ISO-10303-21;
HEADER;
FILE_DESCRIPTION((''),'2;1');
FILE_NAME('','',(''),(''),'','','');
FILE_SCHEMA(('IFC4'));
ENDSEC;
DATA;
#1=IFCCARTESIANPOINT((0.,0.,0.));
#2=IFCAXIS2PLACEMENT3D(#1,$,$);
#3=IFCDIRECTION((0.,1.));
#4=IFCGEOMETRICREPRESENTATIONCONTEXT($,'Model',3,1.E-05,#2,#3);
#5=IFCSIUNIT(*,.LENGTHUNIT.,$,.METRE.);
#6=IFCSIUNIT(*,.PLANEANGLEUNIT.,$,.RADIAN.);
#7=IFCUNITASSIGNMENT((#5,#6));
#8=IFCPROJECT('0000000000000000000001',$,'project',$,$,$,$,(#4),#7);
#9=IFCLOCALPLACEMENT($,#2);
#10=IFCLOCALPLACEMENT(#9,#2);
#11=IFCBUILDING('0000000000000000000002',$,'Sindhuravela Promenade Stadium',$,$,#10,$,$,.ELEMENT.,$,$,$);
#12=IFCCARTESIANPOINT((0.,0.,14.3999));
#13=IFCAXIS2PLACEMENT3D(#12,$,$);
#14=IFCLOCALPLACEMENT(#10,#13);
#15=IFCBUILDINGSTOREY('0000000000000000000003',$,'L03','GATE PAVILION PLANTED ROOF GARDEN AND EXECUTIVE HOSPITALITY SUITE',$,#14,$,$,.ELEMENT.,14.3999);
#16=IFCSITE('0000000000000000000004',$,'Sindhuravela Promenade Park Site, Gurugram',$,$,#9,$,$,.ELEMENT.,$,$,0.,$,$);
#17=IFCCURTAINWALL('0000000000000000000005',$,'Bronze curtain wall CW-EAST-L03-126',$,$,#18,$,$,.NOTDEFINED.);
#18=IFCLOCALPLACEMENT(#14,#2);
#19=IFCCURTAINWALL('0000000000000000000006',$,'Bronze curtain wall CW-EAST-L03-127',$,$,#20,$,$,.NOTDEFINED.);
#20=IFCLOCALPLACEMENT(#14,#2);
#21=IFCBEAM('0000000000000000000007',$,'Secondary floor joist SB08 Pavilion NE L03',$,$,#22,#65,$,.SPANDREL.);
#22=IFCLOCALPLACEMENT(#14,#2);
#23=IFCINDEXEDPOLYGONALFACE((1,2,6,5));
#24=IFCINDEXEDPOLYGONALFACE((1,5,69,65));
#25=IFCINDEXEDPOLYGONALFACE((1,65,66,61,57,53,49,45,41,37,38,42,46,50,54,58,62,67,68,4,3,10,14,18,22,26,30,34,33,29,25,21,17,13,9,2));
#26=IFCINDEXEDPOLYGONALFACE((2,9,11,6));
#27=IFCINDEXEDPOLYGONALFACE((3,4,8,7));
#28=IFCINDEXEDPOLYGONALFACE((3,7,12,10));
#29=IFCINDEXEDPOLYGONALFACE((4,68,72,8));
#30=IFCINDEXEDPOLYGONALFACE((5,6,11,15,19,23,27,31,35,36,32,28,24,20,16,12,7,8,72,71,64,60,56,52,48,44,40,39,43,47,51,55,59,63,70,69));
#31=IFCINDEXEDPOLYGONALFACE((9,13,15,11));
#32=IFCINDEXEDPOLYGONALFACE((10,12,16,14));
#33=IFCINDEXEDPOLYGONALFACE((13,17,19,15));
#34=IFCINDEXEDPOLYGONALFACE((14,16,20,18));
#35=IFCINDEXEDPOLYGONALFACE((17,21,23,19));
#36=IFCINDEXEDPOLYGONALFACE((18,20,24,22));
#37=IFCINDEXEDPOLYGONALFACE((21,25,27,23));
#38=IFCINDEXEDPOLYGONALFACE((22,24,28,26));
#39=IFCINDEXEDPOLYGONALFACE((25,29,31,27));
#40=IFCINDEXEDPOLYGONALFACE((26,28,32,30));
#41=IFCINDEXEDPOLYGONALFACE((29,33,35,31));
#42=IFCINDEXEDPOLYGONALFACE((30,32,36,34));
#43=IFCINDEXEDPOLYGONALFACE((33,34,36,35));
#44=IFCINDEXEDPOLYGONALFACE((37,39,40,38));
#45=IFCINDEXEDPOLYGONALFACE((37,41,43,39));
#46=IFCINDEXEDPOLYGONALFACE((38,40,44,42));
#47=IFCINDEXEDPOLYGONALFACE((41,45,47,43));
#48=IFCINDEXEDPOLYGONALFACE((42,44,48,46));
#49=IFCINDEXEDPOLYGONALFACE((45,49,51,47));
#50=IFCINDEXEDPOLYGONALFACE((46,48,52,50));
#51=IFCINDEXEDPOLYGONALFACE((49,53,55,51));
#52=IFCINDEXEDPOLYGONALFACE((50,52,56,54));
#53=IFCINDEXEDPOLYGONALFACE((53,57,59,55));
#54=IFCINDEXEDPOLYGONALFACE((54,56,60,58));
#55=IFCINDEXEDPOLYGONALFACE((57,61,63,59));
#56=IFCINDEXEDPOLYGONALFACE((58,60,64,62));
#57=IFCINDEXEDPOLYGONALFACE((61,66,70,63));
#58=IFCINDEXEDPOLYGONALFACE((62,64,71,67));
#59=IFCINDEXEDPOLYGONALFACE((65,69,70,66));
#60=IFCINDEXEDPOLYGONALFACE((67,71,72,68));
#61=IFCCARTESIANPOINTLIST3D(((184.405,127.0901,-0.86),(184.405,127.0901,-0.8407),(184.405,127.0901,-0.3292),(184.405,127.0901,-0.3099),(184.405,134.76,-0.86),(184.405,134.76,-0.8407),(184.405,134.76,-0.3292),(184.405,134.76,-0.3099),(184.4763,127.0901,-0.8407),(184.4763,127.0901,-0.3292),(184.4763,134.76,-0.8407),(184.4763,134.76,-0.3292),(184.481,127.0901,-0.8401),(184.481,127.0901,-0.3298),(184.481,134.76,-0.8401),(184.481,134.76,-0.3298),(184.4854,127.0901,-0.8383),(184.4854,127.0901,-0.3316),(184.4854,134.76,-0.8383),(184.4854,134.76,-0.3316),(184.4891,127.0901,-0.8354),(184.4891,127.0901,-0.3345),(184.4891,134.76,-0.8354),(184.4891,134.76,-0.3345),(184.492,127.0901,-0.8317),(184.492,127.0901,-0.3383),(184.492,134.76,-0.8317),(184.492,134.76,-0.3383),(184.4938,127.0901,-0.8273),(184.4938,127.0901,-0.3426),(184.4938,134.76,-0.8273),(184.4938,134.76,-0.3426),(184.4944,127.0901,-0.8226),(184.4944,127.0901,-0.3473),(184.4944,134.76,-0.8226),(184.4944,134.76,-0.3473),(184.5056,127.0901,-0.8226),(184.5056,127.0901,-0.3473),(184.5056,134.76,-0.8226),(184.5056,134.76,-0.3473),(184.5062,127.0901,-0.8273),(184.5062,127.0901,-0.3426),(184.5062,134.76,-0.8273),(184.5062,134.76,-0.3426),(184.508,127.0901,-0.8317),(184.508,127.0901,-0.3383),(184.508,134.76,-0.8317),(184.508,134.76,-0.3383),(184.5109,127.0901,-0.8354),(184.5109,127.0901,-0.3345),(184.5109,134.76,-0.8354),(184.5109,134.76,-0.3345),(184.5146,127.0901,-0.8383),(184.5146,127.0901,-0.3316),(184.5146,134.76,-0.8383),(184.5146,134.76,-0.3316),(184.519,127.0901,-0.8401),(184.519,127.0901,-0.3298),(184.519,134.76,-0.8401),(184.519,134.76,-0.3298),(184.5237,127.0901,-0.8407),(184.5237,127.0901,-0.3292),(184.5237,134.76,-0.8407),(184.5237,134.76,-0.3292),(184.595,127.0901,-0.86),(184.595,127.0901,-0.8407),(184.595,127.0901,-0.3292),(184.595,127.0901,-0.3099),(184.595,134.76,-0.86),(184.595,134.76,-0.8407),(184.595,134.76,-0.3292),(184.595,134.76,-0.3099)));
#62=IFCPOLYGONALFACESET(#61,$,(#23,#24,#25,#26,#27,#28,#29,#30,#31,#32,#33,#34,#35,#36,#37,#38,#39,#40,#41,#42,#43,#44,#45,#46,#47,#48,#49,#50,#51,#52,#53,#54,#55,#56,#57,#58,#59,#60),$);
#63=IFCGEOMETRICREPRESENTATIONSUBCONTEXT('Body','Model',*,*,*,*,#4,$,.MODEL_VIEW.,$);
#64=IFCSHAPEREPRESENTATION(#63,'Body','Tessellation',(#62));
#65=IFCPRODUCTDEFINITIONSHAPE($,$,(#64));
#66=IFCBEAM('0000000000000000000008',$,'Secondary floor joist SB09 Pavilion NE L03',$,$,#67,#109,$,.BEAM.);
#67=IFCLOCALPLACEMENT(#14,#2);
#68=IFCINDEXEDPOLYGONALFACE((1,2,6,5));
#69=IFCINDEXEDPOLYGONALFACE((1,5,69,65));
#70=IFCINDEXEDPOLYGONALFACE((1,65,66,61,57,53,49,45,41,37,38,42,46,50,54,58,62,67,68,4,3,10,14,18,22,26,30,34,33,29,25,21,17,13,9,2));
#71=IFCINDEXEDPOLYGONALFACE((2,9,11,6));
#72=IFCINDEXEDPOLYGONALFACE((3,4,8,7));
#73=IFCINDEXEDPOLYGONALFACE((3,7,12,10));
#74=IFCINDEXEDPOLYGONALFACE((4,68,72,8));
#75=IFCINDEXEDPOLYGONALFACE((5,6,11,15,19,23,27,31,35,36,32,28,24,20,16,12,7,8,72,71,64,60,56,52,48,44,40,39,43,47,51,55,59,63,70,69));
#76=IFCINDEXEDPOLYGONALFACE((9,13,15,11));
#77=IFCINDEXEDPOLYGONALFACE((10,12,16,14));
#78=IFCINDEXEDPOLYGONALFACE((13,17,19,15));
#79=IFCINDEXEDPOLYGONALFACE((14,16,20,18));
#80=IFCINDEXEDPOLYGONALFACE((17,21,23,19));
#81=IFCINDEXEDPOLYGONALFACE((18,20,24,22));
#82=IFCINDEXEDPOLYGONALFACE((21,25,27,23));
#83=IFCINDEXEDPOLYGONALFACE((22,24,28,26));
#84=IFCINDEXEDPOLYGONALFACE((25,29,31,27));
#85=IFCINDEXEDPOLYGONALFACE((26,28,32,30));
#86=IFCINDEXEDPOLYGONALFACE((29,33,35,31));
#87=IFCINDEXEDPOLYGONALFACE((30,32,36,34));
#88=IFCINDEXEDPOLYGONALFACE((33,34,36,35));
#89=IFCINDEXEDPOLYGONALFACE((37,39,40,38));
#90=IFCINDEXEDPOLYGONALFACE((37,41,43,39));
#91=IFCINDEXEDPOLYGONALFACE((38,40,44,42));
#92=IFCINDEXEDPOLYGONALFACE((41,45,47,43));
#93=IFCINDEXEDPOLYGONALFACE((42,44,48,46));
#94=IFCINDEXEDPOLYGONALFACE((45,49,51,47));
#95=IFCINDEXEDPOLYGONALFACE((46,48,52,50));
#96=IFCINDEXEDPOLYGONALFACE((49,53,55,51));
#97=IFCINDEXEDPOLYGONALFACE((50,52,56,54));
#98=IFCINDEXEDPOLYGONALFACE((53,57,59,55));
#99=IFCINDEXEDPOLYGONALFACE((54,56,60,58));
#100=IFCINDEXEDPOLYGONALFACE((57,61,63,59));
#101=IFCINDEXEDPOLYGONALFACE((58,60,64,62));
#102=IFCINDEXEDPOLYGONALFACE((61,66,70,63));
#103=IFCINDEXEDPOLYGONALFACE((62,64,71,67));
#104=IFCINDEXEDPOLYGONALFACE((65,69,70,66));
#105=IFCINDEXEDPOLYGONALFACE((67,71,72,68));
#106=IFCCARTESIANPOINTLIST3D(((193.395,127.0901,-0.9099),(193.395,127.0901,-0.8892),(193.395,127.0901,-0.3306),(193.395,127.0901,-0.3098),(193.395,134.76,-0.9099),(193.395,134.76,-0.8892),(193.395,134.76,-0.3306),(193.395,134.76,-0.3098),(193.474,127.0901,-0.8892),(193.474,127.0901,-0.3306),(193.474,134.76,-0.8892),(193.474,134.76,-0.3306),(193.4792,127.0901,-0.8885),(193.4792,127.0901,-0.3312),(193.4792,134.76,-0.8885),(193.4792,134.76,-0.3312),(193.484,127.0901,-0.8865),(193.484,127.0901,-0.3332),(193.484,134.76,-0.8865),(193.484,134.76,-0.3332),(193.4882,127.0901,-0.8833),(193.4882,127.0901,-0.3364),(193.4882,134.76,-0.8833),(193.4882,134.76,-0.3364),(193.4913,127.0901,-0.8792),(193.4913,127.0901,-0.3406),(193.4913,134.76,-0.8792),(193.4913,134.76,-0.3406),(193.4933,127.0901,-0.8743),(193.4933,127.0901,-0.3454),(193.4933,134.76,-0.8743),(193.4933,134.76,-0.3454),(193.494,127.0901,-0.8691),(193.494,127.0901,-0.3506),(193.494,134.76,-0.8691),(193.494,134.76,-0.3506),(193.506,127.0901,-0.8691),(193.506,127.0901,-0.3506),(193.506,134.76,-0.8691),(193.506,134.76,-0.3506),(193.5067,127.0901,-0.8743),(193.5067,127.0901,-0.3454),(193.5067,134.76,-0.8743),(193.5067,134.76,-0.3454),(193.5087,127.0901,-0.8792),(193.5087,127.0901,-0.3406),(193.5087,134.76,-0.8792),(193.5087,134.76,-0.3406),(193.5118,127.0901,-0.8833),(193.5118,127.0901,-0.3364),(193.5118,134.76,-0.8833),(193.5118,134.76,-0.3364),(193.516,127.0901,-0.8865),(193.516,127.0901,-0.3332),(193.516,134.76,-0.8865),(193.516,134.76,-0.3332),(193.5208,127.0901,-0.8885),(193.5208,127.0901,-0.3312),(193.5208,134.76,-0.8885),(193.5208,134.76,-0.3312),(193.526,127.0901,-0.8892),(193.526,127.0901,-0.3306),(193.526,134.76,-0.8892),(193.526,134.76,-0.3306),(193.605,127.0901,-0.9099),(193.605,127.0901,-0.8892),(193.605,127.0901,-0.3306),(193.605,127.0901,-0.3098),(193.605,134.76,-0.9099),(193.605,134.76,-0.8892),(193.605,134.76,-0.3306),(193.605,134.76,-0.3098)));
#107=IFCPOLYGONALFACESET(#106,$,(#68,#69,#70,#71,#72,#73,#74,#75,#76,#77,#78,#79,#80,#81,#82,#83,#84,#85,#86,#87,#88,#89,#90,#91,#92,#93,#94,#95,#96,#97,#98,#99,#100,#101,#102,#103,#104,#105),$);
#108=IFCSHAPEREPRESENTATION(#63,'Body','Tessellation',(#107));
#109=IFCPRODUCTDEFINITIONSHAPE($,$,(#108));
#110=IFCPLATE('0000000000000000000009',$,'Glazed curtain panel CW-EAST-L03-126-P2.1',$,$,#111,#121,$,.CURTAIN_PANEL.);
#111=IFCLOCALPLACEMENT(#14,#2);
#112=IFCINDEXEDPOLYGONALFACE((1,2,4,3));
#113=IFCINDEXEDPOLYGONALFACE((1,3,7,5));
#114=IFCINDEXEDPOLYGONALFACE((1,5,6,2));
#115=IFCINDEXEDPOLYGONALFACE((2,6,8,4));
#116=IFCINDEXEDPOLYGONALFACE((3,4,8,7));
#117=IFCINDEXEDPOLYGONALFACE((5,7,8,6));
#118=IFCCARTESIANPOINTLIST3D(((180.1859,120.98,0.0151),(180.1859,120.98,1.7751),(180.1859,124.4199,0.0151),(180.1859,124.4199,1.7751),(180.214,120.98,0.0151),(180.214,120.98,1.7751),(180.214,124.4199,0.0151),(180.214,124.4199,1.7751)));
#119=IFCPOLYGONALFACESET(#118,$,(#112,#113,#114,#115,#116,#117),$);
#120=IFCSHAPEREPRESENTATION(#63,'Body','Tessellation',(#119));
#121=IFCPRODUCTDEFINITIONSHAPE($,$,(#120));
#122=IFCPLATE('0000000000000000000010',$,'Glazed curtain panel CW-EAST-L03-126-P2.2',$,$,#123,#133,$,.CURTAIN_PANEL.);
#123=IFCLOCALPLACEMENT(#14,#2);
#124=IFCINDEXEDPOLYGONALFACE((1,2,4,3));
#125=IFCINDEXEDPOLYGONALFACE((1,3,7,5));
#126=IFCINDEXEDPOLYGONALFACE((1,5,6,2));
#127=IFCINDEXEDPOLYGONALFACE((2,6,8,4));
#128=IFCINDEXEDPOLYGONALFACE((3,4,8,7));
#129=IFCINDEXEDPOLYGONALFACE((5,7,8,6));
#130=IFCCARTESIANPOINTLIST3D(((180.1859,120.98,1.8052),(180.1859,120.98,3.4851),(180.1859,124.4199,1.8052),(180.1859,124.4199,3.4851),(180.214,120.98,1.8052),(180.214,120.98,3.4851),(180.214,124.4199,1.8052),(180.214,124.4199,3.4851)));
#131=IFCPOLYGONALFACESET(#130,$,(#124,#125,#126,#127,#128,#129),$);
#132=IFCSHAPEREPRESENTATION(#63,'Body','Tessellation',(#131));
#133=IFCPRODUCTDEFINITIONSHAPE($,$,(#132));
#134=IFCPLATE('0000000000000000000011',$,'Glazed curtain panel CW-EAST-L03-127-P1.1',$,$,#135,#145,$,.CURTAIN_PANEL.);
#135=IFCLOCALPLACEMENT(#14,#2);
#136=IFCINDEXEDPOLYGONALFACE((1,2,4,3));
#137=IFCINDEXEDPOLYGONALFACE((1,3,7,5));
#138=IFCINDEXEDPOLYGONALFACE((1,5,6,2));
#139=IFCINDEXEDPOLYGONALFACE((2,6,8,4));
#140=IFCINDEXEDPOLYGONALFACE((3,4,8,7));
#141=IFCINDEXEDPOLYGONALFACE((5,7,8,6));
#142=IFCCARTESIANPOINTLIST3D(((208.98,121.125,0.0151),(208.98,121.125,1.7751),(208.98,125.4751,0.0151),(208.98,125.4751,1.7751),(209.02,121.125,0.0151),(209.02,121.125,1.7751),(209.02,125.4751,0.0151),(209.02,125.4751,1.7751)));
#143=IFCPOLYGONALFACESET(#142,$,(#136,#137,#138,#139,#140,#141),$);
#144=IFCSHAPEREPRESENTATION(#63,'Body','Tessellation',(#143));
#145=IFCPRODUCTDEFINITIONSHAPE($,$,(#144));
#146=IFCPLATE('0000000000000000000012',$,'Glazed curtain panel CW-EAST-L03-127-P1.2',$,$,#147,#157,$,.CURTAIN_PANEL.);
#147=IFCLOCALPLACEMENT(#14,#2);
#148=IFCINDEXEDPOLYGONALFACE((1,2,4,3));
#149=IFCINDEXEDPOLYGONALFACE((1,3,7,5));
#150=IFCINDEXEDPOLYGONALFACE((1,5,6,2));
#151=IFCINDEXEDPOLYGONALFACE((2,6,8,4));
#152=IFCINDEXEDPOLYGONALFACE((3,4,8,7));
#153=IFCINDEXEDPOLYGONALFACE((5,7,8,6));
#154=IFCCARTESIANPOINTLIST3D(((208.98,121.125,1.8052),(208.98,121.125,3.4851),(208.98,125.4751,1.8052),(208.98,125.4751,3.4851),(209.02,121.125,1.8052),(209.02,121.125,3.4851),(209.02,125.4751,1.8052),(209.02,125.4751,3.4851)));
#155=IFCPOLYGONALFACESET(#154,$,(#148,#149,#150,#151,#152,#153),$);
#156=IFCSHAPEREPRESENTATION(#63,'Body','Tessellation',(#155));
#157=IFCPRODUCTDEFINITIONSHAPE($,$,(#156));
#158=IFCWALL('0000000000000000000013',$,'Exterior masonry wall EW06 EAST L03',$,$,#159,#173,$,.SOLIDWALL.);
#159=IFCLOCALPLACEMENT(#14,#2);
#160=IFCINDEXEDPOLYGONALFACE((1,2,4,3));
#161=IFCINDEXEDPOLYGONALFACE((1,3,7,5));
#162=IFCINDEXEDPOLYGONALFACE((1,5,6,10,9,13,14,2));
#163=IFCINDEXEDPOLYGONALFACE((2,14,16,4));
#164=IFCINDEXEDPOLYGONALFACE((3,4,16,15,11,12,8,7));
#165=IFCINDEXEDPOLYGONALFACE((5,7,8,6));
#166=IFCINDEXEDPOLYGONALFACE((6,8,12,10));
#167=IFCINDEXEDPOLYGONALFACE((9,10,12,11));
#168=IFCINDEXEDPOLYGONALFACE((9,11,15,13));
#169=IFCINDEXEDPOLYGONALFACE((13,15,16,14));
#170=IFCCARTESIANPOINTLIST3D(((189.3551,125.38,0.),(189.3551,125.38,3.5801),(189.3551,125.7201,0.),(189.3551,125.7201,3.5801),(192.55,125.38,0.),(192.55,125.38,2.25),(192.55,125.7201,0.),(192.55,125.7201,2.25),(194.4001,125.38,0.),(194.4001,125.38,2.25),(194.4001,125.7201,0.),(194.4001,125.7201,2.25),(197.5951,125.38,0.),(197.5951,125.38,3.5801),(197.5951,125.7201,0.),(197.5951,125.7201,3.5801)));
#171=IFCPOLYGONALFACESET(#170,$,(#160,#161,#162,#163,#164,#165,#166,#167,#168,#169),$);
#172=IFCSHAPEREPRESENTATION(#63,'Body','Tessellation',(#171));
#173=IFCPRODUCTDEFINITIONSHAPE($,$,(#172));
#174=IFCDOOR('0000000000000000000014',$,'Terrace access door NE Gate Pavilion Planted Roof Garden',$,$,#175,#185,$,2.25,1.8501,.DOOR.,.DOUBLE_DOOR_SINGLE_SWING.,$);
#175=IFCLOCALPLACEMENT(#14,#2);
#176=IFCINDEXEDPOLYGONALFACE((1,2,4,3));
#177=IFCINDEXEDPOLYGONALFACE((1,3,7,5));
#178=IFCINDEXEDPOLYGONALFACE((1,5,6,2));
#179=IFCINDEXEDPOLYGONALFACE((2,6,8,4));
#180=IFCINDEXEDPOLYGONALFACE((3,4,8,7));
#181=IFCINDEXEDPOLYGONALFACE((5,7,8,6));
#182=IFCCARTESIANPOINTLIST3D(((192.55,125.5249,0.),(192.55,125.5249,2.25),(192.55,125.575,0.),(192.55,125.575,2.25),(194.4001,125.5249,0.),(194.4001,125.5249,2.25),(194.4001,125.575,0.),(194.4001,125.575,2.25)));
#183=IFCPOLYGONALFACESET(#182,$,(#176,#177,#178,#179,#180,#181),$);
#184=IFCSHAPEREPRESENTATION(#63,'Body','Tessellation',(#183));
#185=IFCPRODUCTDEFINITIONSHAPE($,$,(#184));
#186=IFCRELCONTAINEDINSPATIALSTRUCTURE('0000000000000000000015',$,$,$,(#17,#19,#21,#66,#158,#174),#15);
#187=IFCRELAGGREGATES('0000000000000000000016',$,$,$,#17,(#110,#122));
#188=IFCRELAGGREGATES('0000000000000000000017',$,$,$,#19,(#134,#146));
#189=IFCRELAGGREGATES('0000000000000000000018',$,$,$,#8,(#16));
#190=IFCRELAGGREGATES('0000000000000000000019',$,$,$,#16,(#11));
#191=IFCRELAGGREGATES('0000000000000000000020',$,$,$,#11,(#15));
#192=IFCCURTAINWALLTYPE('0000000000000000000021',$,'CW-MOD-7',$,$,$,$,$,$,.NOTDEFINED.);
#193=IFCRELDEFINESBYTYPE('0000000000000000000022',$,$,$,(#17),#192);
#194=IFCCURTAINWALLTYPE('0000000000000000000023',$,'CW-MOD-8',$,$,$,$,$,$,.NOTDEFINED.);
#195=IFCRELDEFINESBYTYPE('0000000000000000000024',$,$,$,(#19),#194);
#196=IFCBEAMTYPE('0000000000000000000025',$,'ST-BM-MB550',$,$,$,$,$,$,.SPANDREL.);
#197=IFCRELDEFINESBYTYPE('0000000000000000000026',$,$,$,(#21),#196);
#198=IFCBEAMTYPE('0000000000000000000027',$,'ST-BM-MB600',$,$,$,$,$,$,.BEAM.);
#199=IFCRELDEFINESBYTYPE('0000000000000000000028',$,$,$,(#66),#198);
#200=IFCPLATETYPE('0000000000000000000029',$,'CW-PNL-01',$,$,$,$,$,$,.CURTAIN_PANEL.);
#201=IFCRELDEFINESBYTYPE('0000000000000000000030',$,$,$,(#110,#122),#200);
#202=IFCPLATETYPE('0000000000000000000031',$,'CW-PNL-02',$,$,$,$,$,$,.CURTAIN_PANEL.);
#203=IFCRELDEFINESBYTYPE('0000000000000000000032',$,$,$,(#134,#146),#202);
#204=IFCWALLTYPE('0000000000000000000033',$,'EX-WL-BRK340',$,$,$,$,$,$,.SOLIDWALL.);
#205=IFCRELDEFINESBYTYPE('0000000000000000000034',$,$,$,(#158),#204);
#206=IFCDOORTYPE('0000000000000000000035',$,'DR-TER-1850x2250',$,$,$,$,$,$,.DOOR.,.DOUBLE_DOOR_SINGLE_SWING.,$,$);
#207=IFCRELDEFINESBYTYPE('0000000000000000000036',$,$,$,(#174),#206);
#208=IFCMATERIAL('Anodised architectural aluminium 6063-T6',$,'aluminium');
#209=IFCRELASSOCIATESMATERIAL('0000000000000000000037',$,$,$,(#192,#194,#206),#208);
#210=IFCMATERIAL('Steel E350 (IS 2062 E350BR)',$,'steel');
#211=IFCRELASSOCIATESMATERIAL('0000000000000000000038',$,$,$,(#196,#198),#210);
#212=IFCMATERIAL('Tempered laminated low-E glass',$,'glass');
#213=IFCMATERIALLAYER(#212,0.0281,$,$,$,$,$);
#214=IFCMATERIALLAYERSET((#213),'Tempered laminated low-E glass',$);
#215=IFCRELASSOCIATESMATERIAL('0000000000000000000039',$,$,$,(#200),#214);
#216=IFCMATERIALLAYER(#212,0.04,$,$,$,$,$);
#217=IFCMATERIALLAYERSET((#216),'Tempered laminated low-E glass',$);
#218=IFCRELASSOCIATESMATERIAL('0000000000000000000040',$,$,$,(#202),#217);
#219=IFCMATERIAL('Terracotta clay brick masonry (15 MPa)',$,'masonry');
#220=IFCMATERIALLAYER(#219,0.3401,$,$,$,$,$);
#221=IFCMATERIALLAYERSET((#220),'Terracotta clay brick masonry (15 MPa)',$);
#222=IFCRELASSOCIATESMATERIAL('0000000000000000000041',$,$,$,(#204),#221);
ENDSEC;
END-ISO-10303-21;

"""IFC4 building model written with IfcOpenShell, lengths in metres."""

from ifc_helpers import new_model, si_unit, direction, frame, frame_2d, origin, origin_2d, place, context, subcontext, project, spatial, rectangle, i_section, extrude, material, layer, layer_set, material_profile, profile_set, type_object, element, fill, aggregate, save


model = new_model("IFC4")

# Units and contexts
model_context = context("Model", 3, precision=1e-05, world=origin(), true_north=direction((0.0, 1.0)))
body_context = subcontext(model_context, "Body", "Model", "MODEL_VIEW")
ifc_project = project(units=[si_unit("LENGTHUNIT", "METRE"), si_unit("PLANEANGLEUNIT", "RADIAN")], contexts=[model_context])

# Site, building, storey
site_placement = place(None, origin())
site = spatial("IfcSite", under=ifc_project, at=site_placement, Name="Sindhuravela Promenade Park Site, Gurugram", CompositionType="ELEMENT", RefElevation=0.0)
building_placement = place(site_placement, origin())
building = spatial("IfcBuilding", under=site, at=building_placement, Name="Sindhuravela Promenade Stadium", CompositionType="ELEMENT")
storey_placement = place(building_placement, frame((0.0, 0.0, 14.3999)))
storey = spatial("IfcBuildingStorey", under=building, at=storey_placement, Name="L03", Description="GATE PAVILION PLANTED ROOF GARDEN AND EXECUTIVE HOSPITALITY SUITE", CompositionType="ELEMENT", Elevation=14.3999)

# Curtain wall
ifc_material_1 = material(Name="Anodised architectural aluminium 6063-T6", Category="aluminium")
curtain_wall_type_1 = type_object("IfcCurtainWallType", Name="CW-MOD-7", PredefinedType="NOTDEFINED", material=ifc_material_1)
curtain_wall_1_placement = place(storey_placement, origin())
curtain_wall_1 = element("IfcCurtainWall", 1, at=curtain_wall_1_placement, inside=storey, type_object=curtain_wall_type_1, Name="Bronze curtain wall CW-EAST-L03-126", PredefinedType="NOTDEFINED")

# Curtain wall
curtain_wall_type_2 = type_object("IfcCurtainWallType", Name="CW-MOD-8", PredefinedType="NOTDEFINED", material=ifc_material_1)
curtain_wall_2_placement = place(storey_placement, origin())
curtain_wall_2 = element("IfcCurtainWall", 2, at=curtain_wall_2_placement, inside=storey, type_object=curtain_wall_type_2, Name="Bronze curtain wall CW-EAST-L03-127", PredefinedType="NOTDEFINED")

# Beams
ifc_material_2 = material(Name="Steel E350 (IS 2062 E350BR)", Category="steel")
ifc_material_profile_1 = material_profile(ifc_material_2, i_section(OverallWidth=0.1899, OverallDepth=0.55, WebThickness=0.0112, FlangeThickness=0.0193, FilletRadius=0.0181, at=origin_2d()), Name="ISMB 550")
ifc_profile_set_1 = profile_set([ifc_material_profile_1], Name="Steel E350 (IS 2062 E350BR)")
beam_type_1 = type_object("IfcBeamType", Name="ST-BM-MB550", PredefinedType="SPANDREL", material=ifc_profile_set_1)
beam_1_placement = place(storey_placement, frame((184.5, 127.0901, -0.585), z_axis=(0.0, 1.0, 0.0), x_axis=(-1.0, 0.0, 0.0)))
element("IfcBeam", 3, at=beam_1_placement, inside=storey, type_object=beam_type_1, Name="Secondary floor joist SB08 Pavilion NE L03", PredefinedType="SPANDREL", context=body_context, shape_type="SweptSolid", body=[
    extrude(i_section(OverallWidth=0.1899, OverallDepth=0.55, WebThickness=0.0112, FlangeThickness=0.0193, FilletRadius=0.0181, at=origin_2d()), origin(), (0.0, 0.0, 1.0), 7.6699),
])
ifc_material_profile_2 = material_profile(ifc_material_2, i_section(OverallWidth=0.21, OverallDepth=0.6001, WebThickness=0.012, FlangeThickness=0.0208, FilletRadius=0.02, at=origin_2d()), Name="ISMB 600")
ifc_profile_set_2 = profile_set([ifc_material_profile_2], Name="Steel E350 (IS 2062 E350BR)")
beam_type_2 = type_object("IfcBeamType", Name="ST-BM-MB600", PredefinedType="BEAM", material=ifc_profile_set_2)
beam_2_placement = place(storey_placement, frame((193.5, 127.0901, -0.6099), z_axis=(0.0, 1.0, 0.0), x_axis=(-1.0, 0.0, 0.0)))
element("IfcBeam", 4, at=beam_2_placement, inside=storey, type_object=beam_type_2, Name="Secondary floor joist SB09 Pavilion NE L03", PredefinedType="BEAM", context=body_context, shape_type="SweptSolid", body=[
    extrude(i_section(OverallWidth=0.21, OverallDepth=0.6001, WebThickness=0.012, FlangeThickness=0.0208, FilletRadius=0.02, at=origin_2d()), origin(), (0.0, 0.0, 1.0), 7.6699),
])

# Plates
ifc_material_3 = material(Name="Tempered laminated low-E glass", Category="glass")
ifc_layer_1 = layer(ifc_material_3, 0.0281)
ifc_layer_set_1 = layer_set([ifc_layer_1], Name="Tempered laminated low-E glass")
plate_type_1 = type_object("IfcPlateType", Name="CW-PNL-01", PredefinedType="CURTAIN_PANEL", material=ifc_layer_set_1)
plate_1_placement = place(storey_placement, frame((180.2, 122.7, 0.0151), z_axis=(0.0, 0.0, 1.0), x_axis=(0.0, 1.0, 0.0)))
plate_1 = element("IfcPlate", 5, at=plate_1_placement, type_object=plate_type_1, Name="Glazed curtain panel CW-EAST-L03-126-P2.1", PredefinedType="CURTAIN_PANEL", context=body_context, shape_type="SweptSolid", body=[
    extrude(rectangle(XDim=3.4399, YDim=0.0281, at=origin_2d()), origin(), (0.0, 0.0, 1.0), 1.76),
])
plate_2_placement = place(storey_placement, frame((180.2, 122.7, 1.8052), z_axis=(0.0, 0.0, 1.0), x_axis=(0.0, 1.0, 0.0)))
plate_2 = element("IfcPlate", 6, at=plate_2_placement, type_object=plate_type_1, Name="Glazed curtain panel CW-EAST-L03-126-P2.2", PredefinedType="CURTAIN_PANEL", context=body_context, shape_type="SweptSolid", body=[
    extrude(rectangle(XDim=3.4399, YDim=0.0281, at=origin_2d()), origin(), (0.0, 0.0, 1.0), 1.6799),
])
aggregate(curtain_wall_1, [plate_1, plate_2])
ifc_layer_2 = layer(ifc_material_3, 0.04)
ifc_layer_set_2 = layer_set([ifc_layer_2], Name="Tempered laminated low-E glass")
plate_type_2 = type_object("IfcPlateType", Name="CW-PNL-02", PredefinedType="CURTAIN_PANEL", material=ifc_layer_set_2)
plate_3_placement = place(storey_placement, frame((209.0, 123.3, 0.0151), z_axis=(0.0, 0.0, 1.0), x_axis=(0.0, -1.0, 0.0)))
plate_3 = element("IfcPlate", 7, at=plate_3_placement, type_object=plate_type_2, Name="Glazed curtain panel CW-EAST-L03-127-P1.1", PredefinedType="CURTAIN_PANEL", context=body_context, shape_type="SweptSolid", body=[
    extrude(rectangle(XDim=4.3501, YDim=0.04, at=origin_2d()), origin(), (0.0, 0.0, 1.0), 1.76),
])
plate_4_placement = place(storey_placement, frame((209.0, 123.3, 1.8052), z_axis=(0.0, 0.0, 1.0), x_axis=(0.0, -1.0, 0.0)))
plate_4 = element("IfcPlate", 8, at=plate_4_placement, type_object=plate_type_2, Name="Glazed curtain panel CW-EAST-L03-127-P1.2", PredefinedType="CURTAIN_PANEL", context=body_context, shape_type="SweptSolid", body=[
    extrude(rectangle(XDim=4.3501, YDim=0.04, at=origin_2d()), origin(), (0.0, 0.0, 1.0), 1.6799),
])
aggregate(curtain_wall_2, [plate_3, plate_4])

# Wall, opening, door
ifc_material_4 = material(Name="Terracotta clay brick masonry (15 MPa)", Category="masonry")
ifc_layer_3 = layer(ifc_material_4, 0.3401)
ifc_layer_set_3 = layer_set([ifc_layer_3], Name="Terracotta clay brick masonry (15 MPa)")
wall_type_1 = type_object("IfcWallType", Name="EX-WL-BRK340", PredefinedType="SOLIDWALL", material=ifc_layer_set_3)
wall_1_placement = place(storey_placement, frame((189.355, 125.55, 0.0), z_axis=(0.0, 0.0, 1.0), x_axis=(1.0, 0.0, 0.0)))
wall_1 = element("IfcWall", 9, at=wall_1_placement, inside=storey, type_object=wall_type_1, Name="Exterior masonry wall EW06 EAST L03", PredefinedType="SOLIDWALL", context=body_context, shape_type="SweptSolid", body=[
    extrude(rectangle(XDim=8.24, YDim=0.3401, at=frame_2d((4.1201, 0.0))), origin(), (0.0, 0.0, 1.0), 3.5801),
])
opening_1_placement = place(wall_1_placement, frame((3.1951, 0.0, 0.0)))
opening_1 = element("IfcOpeningElement", 10, at=opening_1_placement, cuts=wall_1, PredefinedType="OPENING", context=body_context, shape_type="SweptSolid", body=[
    extrude(rectangle(XDim=1.8501, YDim=2.25, at=frame_2d((0.925, 1.125))), frame((0.0, 0.1799, 0.0), z_axis=(0.0, -1.0, 0.0), x_axis=(1.0, 0.0, 0.0)), (0.0, 0.0, 1.0), 0.3601),
])
door_type_1 = type_object("IfcDoorType", Name="DR-TER-1850x2250", OperationType="DOUBLE_DOOR_SINGLE_SWING", PredefinedType="DOOR", material=ifc_material_1)
door_1_placement = place(opening_1_placement, origin())
door_1 = element("IfcDoor", 11, at=door_1_placement, inside=storey, type_object=door_type_1, Name="Terrace access door NE Gate Pavilion Planted Roof Garden", OperationType="DOUBLE_DOOR_SINGLE_SWING", OverallHeight=2.25, OverallWidth=1.8501, PredefinedType="DOOR", context=body_context, shape_type="SweptSolid", body=[
    extrude(rectangle(XDim=1.8501, YDim=2.25, at=frame_2d((0.925, 1.125))), frame((0.0, 0.0249, 0.0), z_axis=(0.0, -1.0, 0.0), x_axis=(1.0, 0.0, 0.0)), (0.0, 0.0, 1.0), 0.05),
])
fill(opening_1, door_1)

save(model, "model.ifc")
